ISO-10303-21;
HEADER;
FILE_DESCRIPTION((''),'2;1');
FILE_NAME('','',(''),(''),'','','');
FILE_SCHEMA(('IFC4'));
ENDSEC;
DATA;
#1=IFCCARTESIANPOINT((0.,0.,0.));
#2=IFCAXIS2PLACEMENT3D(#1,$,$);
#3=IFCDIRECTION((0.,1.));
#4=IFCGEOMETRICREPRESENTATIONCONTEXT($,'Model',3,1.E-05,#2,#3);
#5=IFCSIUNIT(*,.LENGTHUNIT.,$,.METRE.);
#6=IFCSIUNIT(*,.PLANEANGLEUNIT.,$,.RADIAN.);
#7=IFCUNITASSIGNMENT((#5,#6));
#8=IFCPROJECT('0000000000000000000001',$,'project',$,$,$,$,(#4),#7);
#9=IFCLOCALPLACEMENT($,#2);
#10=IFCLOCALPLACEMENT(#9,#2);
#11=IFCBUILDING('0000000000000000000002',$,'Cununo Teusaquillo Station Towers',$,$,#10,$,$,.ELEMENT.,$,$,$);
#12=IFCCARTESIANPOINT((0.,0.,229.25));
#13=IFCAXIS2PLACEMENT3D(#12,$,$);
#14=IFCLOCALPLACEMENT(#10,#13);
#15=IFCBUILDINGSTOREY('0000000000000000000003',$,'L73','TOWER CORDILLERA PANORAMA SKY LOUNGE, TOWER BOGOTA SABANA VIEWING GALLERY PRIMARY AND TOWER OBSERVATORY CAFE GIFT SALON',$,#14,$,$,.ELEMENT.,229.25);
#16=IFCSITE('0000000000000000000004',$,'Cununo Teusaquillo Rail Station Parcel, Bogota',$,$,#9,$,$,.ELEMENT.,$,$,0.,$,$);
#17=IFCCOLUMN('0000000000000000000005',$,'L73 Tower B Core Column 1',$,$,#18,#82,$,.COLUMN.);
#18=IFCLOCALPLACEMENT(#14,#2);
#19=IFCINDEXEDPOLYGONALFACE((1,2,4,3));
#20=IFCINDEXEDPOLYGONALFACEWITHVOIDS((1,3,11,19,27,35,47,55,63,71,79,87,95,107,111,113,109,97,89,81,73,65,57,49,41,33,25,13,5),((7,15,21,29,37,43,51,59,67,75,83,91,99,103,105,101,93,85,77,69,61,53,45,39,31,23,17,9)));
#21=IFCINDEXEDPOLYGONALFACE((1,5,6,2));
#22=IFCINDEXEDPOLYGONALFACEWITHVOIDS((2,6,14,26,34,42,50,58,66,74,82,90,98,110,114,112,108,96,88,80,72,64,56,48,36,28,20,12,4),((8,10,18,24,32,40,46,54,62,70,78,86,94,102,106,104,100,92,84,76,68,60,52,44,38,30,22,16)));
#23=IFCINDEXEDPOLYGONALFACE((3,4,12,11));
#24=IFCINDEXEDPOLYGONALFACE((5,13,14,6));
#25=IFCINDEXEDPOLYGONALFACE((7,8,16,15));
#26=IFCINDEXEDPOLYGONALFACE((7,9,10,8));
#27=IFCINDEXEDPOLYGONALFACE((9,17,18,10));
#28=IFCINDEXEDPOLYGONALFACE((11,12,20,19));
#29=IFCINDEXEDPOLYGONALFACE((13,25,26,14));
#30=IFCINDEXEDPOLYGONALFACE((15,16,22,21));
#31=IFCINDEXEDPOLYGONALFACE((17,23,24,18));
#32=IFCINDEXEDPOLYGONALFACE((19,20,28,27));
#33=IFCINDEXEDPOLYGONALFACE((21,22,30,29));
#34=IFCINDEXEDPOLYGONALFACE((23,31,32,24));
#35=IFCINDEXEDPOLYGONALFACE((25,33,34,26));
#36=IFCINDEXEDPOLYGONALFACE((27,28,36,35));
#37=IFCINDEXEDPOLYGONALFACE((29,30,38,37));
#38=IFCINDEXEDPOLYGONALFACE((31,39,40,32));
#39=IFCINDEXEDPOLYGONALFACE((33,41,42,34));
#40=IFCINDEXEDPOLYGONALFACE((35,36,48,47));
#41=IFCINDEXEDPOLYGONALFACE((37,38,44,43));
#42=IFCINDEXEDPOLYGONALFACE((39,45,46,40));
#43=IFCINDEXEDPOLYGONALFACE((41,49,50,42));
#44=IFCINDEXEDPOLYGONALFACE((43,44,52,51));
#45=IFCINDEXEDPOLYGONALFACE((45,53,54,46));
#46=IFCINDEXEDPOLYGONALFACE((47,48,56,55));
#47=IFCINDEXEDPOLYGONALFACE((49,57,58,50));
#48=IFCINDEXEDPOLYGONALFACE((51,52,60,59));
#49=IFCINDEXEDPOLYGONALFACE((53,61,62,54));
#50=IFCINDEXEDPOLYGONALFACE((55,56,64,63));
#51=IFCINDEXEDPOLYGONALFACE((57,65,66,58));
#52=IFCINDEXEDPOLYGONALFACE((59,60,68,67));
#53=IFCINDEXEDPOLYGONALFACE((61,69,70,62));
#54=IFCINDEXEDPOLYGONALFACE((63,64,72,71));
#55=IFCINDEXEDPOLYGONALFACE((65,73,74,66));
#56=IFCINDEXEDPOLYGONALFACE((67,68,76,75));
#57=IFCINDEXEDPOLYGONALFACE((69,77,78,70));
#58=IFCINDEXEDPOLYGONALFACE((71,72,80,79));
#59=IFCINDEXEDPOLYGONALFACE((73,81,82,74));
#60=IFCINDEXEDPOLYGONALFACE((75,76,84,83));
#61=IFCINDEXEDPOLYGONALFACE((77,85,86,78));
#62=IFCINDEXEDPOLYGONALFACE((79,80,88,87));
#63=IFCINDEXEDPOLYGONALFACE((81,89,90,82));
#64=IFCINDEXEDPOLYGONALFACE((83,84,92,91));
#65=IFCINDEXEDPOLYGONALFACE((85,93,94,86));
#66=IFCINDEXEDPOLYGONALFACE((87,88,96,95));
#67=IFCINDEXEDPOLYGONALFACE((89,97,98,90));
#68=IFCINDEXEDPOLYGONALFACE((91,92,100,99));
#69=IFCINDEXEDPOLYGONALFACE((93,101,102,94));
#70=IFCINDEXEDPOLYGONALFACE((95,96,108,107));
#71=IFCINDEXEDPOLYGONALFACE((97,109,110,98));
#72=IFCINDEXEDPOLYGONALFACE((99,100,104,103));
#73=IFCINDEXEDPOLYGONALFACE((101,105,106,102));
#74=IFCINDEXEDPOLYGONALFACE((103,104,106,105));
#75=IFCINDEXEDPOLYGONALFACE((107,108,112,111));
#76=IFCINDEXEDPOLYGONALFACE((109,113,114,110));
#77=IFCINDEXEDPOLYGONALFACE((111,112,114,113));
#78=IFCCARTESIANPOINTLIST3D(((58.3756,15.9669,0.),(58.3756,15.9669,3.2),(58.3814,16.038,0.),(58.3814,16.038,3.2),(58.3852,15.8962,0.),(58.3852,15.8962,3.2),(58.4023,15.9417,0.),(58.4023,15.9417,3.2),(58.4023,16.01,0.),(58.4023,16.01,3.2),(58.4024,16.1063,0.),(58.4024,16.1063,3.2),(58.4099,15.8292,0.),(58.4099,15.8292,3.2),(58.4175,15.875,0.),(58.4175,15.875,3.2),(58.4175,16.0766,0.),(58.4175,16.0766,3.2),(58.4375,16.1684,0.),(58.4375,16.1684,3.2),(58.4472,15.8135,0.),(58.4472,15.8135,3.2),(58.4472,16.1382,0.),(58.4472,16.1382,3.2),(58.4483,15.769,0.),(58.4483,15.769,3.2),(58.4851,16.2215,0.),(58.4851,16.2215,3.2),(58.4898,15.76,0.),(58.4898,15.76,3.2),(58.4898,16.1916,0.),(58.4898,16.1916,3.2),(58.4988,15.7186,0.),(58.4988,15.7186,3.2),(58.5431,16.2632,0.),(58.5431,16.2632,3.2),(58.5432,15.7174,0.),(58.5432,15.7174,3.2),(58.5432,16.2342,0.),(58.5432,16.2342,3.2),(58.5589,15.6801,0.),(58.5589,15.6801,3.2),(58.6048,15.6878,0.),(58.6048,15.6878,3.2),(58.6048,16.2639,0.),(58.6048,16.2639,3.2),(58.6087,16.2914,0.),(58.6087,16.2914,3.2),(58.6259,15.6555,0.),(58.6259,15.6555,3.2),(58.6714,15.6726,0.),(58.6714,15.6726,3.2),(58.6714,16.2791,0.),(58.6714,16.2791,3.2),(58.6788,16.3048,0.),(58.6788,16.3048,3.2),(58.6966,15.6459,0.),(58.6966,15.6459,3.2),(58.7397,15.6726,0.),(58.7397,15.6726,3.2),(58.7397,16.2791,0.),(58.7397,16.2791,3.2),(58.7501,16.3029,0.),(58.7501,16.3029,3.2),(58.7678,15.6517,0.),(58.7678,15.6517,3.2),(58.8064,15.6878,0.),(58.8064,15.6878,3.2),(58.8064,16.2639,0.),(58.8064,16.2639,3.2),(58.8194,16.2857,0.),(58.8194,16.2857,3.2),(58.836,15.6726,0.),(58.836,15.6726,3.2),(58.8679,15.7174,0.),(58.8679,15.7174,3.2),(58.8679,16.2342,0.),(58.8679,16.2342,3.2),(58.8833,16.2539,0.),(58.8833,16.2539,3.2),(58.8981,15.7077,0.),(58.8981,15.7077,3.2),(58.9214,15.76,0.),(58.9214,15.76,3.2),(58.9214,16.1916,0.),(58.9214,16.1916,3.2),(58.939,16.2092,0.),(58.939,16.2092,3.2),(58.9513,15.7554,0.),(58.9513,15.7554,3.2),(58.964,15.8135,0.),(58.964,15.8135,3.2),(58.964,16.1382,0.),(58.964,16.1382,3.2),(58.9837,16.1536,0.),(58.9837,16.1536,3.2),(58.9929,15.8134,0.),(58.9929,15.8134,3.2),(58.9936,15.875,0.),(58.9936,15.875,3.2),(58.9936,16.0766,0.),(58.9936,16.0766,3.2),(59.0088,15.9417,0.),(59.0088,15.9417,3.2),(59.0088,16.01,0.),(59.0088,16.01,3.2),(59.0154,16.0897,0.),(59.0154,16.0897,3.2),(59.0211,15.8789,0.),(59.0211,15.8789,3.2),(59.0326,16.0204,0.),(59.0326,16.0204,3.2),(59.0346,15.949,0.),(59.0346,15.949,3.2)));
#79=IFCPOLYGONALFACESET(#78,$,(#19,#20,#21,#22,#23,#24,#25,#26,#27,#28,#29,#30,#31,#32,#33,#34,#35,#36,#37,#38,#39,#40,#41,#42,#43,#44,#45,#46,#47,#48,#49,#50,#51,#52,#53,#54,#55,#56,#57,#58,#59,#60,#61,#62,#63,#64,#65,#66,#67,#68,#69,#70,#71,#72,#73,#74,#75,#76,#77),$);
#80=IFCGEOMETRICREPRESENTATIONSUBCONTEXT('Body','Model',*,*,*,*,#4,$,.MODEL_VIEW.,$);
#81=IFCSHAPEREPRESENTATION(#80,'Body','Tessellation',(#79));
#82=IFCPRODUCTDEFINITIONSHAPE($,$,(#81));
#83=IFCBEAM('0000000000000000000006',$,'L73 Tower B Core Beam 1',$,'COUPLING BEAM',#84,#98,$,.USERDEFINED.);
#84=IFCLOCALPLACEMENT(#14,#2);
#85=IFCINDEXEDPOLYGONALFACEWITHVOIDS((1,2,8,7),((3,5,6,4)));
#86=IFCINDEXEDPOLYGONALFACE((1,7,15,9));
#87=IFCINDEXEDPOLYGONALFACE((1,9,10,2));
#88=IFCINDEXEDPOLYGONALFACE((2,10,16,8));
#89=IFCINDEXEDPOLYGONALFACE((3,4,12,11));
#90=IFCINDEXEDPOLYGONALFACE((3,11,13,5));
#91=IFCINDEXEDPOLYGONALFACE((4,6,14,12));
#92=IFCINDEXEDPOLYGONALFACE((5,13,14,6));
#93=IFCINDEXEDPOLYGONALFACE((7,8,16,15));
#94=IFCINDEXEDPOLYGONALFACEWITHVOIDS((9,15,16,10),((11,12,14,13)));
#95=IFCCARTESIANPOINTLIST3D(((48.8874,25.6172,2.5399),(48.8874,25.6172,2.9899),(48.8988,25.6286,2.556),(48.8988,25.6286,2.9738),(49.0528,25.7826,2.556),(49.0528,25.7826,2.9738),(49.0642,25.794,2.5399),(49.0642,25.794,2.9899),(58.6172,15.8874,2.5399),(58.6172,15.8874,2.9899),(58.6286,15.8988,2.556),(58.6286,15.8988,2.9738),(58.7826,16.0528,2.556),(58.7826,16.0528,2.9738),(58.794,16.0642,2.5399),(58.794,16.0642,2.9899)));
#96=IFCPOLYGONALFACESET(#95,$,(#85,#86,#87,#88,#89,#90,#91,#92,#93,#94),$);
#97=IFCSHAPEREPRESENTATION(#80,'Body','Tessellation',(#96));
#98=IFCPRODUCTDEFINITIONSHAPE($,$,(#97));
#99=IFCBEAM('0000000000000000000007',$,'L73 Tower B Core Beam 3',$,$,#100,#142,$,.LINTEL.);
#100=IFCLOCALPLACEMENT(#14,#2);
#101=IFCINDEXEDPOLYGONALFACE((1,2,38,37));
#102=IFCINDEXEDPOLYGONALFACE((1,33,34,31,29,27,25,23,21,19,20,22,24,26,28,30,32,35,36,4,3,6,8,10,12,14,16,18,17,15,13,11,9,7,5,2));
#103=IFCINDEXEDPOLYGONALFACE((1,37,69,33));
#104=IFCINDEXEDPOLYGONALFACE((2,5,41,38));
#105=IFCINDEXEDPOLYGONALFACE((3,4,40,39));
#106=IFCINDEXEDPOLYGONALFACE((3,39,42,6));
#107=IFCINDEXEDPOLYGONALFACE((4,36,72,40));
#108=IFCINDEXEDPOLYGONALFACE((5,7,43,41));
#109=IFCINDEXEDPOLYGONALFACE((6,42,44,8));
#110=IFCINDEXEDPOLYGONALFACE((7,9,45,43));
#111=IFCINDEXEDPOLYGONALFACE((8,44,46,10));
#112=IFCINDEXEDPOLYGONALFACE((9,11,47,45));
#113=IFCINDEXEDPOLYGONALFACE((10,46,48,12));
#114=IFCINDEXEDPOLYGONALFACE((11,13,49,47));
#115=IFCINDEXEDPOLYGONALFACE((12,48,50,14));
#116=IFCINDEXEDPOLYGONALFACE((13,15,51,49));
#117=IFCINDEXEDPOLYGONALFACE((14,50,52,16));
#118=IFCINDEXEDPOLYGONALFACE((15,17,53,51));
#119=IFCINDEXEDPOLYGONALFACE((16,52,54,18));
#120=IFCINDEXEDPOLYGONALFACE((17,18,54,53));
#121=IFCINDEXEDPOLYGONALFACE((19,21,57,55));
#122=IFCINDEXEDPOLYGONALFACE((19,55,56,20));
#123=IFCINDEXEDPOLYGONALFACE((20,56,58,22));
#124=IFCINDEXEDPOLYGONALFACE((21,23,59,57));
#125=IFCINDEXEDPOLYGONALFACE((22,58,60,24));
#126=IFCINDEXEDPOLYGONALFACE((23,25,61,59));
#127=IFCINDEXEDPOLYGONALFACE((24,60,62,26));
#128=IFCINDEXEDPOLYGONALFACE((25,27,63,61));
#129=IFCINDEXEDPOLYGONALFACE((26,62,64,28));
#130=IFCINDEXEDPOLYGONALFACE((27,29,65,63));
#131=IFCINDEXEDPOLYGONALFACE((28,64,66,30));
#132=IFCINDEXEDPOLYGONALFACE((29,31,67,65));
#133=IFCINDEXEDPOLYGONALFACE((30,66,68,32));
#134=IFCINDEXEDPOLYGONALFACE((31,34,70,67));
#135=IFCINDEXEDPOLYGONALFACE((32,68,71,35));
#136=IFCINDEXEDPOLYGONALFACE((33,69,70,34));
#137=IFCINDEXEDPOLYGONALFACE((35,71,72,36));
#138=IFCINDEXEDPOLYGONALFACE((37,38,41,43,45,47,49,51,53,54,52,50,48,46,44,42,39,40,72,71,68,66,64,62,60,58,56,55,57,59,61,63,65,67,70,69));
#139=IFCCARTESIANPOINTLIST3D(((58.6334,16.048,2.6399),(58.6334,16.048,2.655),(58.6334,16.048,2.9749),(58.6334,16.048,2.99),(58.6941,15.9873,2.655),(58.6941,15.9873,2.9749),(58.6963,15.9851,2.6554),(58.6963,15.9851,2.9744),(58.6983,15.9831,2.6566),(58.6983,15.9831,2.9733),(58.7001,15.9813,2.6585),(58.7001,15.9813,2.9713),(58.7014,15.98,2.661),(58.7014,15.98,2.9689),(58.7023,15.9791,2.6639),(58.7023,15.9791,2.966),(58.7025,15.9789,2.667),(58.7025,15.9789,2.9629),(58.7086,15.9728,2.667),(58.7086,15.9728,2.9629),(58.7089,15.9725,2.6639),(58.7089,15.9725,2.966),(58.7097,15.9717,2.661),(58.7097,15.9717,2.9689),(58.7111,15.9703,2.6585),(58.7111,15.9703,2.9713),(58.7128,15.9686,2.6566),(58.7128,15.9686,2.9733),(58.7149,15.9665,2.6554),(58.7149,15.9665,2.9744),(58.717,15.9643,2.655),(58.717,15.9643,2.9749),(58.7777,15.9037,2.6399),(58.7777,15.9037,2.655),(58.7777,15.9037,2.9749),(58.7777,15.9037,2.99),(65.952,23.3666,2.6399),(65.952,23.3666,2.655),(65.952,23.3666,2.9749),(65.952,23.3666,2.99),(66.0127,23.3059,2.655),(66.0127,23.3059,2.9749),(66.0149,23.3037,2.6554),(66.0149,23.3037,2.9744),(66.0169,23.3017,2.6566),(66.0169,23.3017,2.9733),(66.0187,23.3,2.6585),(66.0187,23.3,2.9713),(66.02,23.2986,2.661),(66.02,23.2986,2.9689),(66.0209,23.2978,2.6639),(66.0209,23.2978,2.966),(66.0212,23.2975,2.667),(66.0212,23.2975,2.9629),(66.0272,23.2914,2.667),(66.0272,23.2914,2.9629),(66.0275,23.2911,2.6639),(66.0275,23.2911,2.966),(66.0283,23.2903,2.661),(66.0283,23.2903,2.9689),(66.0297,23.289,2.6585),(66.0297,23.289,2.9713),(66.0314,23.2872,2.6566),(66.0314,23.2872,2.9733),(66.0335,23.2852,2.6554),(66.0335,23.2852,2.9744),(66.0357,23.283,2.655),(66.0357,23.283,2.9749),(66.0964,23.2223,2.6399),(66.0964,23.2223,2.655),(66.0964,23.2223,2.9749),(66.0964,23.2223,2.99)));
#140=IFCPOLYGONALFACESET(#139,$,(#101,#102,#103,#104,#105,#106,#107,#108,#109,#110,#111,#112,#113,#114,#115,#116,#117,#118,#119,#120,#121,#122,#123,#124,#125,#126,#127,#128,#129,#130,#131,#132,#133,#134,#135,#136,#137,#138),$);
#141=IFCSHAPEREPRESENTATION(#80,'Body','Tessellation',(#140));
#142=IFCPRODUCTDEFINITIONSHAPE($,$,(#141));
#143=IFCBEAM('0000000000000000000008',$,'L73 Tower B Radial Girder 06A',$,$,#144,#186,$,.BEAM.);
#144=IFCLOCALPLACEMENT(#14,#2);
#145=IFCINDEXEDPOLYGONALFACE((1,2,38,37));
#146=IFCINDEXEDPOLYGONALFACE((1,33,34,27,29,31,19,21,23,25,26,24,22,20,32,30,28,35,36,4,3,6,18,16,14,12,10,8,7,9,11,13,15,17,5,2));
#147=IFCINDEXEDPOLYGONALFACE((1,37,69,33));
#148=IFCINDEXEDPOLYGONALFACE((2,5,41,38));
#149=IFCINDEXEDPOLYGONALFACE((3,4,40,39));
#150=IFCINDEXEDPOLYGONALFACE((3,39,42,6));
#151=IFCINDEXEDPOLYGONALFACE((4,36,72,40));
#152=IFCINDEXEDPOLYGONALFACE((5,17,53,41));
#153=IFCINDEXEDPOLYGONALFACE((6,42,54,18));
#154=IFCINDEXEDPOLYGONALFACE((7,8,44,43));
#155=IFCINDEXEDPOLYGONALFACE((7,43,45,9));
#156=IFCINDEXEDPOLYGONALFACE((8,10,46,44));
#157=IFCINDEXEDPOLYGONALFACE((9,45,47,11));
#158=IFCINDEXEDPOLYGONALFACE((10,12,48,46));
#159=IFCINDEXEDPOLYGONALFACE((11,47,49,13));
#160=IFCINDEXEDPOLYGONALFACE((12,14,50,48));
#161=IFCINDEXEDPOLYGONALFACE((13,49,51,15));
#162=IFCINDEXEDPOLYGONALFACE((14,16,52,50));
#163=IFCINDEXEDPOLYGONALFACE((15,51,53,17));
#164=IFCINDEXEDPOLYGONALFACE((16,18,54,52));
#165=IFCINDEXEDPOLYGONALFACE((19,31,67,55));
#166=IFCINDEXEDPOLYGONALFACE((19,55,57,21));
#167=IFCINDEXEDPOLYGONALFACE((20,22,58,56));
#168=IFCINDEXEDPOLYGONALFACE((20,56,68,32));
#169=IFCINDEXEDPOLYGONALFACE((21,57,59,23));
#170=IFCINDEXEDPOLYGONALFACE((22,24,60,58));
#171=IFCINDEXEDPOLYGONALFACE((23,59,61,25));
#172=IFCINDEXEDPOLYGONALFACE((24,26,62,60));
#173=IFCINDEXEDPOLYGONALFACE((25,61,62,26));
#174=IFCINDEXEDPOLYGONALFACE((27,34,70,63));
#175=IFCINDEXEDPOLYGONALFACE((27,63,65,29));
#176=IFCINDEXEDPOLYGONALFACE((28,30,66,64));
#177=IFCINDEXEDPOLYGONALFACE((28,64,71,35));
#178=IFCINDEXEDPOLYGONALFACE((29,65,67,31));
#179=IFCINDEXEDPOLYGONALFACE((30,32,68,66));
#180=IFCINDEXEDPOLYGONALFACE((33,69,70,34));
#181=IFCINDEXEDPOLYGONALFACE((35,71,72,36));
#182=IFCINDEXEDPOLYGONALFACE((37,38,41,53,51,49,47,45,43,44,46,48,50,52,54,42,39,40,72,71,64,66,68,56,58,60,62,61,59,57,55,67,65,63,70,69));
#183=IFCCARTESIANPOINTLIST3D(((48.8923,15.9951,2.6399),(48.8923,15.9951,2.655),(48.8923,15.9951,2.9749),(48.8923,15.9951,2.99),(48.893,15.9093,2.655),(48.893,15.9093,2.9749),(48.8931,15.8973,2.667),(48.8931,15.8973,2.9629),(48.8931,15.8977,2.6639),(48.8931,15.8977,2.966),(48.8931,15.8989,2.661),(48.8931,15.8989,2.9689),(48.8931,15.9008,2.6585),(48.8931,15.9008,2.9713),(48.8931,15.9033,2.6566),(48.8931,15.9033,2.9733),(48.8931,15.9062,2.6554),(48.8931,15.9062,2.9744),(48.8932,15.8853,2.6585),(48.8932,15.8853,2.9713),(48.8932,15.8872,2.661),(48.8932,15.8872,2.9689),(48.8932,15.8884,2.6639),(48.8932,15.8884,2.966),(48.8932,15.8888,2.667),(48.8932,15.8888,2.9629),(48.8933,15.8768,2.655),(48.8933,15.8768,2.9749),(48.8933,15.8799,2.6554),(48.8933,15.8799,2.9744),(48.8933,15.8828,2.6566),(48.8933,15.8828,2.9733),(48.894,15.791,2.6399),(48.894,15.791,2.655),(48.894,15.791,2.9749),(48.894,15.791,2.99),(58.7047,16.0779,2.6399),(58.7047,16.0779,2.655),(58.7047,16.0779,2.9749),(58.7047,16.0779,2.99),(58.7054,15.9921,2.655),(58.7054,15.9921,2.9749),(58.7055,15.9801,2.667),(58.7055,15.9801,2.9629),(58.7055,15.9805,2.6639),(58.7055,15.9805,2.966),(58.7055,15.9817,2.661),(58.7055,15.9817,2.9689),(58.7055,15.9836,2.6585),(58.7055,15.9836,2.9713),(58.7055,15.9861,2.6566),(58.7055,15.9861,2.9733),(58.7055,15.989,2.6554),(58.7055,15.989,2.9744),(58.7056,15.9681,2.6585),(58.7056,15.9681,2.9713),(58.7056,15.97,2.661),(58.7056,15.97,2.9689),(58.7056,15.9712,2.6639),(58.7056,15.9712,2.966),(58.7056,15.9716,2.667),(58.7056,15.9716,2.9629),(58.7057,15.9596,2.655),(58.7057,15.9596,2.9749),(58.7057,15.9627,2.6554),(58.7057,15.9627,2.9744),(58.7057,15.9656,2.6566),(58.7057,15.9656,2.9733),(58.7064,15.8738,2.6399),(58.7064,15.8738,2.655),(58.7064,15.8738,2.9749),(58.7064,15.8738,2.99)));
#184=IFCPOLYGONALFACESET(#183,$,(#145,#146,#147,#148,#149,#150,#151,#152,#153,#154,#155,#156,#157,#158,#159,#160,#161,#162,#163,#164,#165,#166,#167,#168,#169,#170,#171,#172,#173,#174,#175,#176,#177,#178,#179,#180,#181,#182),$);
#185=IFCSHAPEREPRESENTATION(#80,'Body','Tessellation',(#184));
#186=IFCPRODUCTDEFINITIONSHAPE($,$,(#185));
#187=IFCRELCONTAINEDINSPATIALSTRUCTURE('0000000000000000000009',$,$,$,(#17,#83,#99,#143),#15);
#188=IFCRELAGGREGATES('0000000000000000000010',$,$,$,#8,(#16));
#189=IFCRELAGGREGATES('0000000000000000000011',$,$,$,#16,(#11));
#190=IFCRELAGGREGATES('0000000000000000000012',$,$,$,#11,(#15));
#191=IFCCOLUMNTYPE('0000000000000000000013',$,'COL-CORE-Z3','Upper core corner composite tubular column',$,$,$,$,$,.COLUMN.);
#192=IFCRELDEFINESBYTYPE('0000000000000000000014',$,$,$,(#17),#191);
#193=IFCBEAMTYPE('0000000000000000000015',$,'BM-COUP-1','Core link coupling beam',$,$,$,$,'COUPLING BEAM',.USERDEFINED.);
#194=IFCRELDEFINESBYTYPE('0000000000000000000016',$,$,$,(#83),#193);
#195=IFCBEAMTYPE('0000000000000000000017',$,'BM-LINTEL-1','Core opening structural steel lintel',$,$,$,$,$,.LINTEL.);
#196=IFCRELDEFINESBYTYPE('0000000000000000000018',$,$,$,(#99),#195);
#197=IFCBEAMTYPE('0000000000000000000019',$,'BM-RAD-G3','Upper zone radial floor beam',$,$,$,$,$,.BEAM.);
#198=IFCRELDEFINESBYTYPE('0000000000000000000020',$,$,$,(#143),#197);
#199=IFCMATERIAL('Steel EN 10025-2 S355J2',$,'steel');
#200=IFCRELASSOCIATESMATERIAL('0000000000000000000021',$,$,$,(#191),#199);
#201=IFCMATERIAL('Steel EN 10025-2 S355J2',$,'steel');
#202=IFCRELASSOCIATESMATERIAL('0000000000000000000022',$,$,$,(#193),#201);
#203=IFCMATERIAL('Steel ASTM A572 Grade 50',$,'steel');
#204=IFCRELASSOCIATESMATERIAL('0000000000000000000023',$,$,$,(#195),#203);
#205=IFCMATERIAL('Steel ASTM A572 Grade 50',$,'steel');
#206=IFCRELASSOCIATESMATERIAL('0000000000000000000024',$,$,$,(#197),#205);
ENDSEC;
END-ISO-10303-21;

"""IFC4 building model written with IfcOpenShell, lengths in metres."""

from ifc_helpers import new_model, si_unit, direction, frame, origin, origin_2d, place, context, subcontext, project, spatial, hollow_rectangle, hollow_circle, i_section, extrude, material, material_profile, profile_set, type_object, element, save


model = new_model("IFC4")

# Units and contexts
model_context = context("Model", 3, precision=1e-05, world=origin(), true_north=direction((0.0, 1.0)))
body_context = subcontext(model_context, "Body", "Model", "MODEL_VIEW")
ifc_project = project(units=[si_unit("LENGTHUNIT", "METRE"), si_unit("PLANEANGLEUNIT", "RADIAN")], contexts=[model_context])

# Site, building, storey
site_placement = place(None, origin())
site = spatial("IfcSite", under=ifc_project, at=site_placement, Name="Cununo Teusaquillo Rail Station Parcel, Bogota", CompositionType="ELEMENT", RefElevation=0.0)
building_placement = place(site_placement, origin())
building = spatial("IfcBuilding", under=site, at=building_placement, Name="Cununo Teusaquillo Station Towers", CompositionType="ELEMENT")
storey_placement = place(building_placement, frame((0.0, 0.0, 229.25)))
storey = spatial("IfcBuildingStorey", under=building, at=storey_placement, Name="L73", Description="TOWER CORDILLERA PANORAMA SKY LOUNGE, TOWER BOGOTA SABANA VIEWING GALLERY PRIMARY AND TOWER OBSERVATORY CAFE GIFT SALON", CompositionType="ELEMENT", Elevation=229.25)

# Column
ifc_material_1 = material(Name="Steel EN 10025-2 S355J2", Category="steel")
ifc_material_profile_1 = material_profile(ifc_material_1, hollow_circle(Radius=0.3301, WallThickness=0.0249, at=origin_2d()), Name="CHS 660x25")
ifc_profile_set_1 = profile_set([ifc_material_profile_1], Name="Steel EN 10025-2 S355J2")
column_type = type_object("IfcColumnType", Name="COL-CORE-Z3", Description="Upper core corner composite tubular column", PredefinedType="COLUMN", material=ifc_profile_set_1)
column_placement = place(storey_placement, frame((58.7056, 15.9758, 0.0), z_axis=(0.0, 0.0, 1.0), x_axis=(0.707107, 0.707107, 0.0)))
element("IfcColumn", 1, at=column_placement, inside=storey, type_object=column_type, Name="L73 Tower B Core Column 1", PredefinedType="COLUMN", context=body_context, shape_type="SweptSolid", body=[
    extrude(hollow_circle(Radius=0.3301, WallThickness=0.0249, at=origin_2d()), origin(), (0.0, 0.0, 1.0), 3.2),
])

# Beams
ifc_material_2 = material(Name="Steel EN 10025-2 S355J2", Category="steel")
ifc_material_profile_2 = material_profile(ifc_material_2, hollow_rectangle(XDim=0.25, YDim=0.45, WallThickness=0.0161, at=origin_2d()), Name="RHS 450x250x16")
ifc_profile_set_2 = profile_set([ifc_material_profile_2], Name="Steel EN 10025-2 S355J2")
beam_type_1 = type_object("IfcBeamType", Name="BM-COUP-1", Description="Core link coupling beam", ElementType="COUPLING BEAM", PredefinedType="USERDEFINED", material=ifc_profile_set_2)
beam_1_placement = place(storey_placement, frame((58.7056, 15.9758, 2.7649), z_axis=(-0.707107, 0.707107, 0.0), x_axis=(-0.707107, -0.707107, 0.0)))
element("IfcBeam", 2, at=beam_1_placement, inside=storey, type_object=beam_type_1, Name="L73 Tower B Core Beam 1", ObjectType="COUPLING BEAM", PredefinedType="USERDEFINED", context=body_context, shape_type="SweptSolid", body=[
    extrude(hollow_rectangle(XDim=0.25, YDim=0.45, WallThickness=0.0161, at=origin_2d()), origin(), (0.0, 0.0, 1.0), 13.76),
])
ifc_material_3 = material(Name="Steel ASTM A572 Grade 50", Category="steel")
ifc_material_profile_3 = material_profile(ifc_material_3, i_section(OverallWidth=0.2041, OverallDepth=0.3501, WebThickness=0.0085, FlangeThickness=0.0151, FilletRadius=0.012, at=origin_2d()), Name="W14X48")
ifc_profile_set_3 = profile_set([ifc_material_profile_3], Name="Steel ASTM A572 Grade 50")
beam_type_2 = type_object("IfcBeamType", Name="BM-LINTEL-1", Description="Core opening structural steel lintel", PredefinedType="LINTEL", material=ifc_profile_set_3)
beam_2_placement = place(storey_placement, frame((58.7056, 15.9758, 2.8149), z_axis=(0.707107, 0.707107, 0.0), x_axis=(-0.707107, 0.707107, 0.0)))
element("IfcBeam", 3, at=beam_2_placement, inside=storey, type_object=beam_type_2, Name="L73 Tower B Core Beam 3", PredefinedType="LINTEL", context=body_context, shape_type="SweptSolid", body=[
    extrude(i_section(OverallWidth=0.2041, OverallDepth=0.3501, WebThickness=0.0085, FlangeThickness=0.0151, FilletRadius=0.012, at=origin_2d()), origin(), (0.0, 0.0, 1.0), 10.3501),
])
ifc_material_4 = material(Name="Steel ASTM A572 Grade 50", Category="steel")
ifc_material_profile_4 = material_profile(ifc_material_4, i_section(OverallWidth=0.2041, OverallDepth=0.3501, WebThickness=0.0085, FlangeThickness=0.0151, FilletRadius=0.012, at=origin_2d()), Name="W14X48")
ifc_profile_set_4 = profile_set([ifc_material_profile_4], Name="Steel ASTM A572 Grade 50")
beam_type_3 = type_object("IfcBeamType", Name="BM-RAD-G3", Description="Upper zone radial floor beam", PredefinedType="BEAM", material=ifc_profile_set_4)
beam_3_placement = place(storey_placement, frame((58.7056, 15.9758, 2.8149), z_axis=(-0.999964, -0.008434, 0.0), x_axis=(0.008434, -0.999964, 0.0)))
element("IfcBeam", 4, at=beam_3_placement, inside=storey, type_object=beam_type_3, Name="L73 Tower B Radial Girder 06A", PredefinedType="BEAM", context=body_context, shape_type="SweptSolid", body=[
    extrude(i_section(OverallWidth=0.2041, OverallDepth=0.3501, WebThickness=0.0085, FlangeThickness=0.0151, FilletRadius=0.012, at=origin_2d()), origin(), (0.0, 0.0, 1.0), 9.8127),
])

save(model, "model.ifc")
